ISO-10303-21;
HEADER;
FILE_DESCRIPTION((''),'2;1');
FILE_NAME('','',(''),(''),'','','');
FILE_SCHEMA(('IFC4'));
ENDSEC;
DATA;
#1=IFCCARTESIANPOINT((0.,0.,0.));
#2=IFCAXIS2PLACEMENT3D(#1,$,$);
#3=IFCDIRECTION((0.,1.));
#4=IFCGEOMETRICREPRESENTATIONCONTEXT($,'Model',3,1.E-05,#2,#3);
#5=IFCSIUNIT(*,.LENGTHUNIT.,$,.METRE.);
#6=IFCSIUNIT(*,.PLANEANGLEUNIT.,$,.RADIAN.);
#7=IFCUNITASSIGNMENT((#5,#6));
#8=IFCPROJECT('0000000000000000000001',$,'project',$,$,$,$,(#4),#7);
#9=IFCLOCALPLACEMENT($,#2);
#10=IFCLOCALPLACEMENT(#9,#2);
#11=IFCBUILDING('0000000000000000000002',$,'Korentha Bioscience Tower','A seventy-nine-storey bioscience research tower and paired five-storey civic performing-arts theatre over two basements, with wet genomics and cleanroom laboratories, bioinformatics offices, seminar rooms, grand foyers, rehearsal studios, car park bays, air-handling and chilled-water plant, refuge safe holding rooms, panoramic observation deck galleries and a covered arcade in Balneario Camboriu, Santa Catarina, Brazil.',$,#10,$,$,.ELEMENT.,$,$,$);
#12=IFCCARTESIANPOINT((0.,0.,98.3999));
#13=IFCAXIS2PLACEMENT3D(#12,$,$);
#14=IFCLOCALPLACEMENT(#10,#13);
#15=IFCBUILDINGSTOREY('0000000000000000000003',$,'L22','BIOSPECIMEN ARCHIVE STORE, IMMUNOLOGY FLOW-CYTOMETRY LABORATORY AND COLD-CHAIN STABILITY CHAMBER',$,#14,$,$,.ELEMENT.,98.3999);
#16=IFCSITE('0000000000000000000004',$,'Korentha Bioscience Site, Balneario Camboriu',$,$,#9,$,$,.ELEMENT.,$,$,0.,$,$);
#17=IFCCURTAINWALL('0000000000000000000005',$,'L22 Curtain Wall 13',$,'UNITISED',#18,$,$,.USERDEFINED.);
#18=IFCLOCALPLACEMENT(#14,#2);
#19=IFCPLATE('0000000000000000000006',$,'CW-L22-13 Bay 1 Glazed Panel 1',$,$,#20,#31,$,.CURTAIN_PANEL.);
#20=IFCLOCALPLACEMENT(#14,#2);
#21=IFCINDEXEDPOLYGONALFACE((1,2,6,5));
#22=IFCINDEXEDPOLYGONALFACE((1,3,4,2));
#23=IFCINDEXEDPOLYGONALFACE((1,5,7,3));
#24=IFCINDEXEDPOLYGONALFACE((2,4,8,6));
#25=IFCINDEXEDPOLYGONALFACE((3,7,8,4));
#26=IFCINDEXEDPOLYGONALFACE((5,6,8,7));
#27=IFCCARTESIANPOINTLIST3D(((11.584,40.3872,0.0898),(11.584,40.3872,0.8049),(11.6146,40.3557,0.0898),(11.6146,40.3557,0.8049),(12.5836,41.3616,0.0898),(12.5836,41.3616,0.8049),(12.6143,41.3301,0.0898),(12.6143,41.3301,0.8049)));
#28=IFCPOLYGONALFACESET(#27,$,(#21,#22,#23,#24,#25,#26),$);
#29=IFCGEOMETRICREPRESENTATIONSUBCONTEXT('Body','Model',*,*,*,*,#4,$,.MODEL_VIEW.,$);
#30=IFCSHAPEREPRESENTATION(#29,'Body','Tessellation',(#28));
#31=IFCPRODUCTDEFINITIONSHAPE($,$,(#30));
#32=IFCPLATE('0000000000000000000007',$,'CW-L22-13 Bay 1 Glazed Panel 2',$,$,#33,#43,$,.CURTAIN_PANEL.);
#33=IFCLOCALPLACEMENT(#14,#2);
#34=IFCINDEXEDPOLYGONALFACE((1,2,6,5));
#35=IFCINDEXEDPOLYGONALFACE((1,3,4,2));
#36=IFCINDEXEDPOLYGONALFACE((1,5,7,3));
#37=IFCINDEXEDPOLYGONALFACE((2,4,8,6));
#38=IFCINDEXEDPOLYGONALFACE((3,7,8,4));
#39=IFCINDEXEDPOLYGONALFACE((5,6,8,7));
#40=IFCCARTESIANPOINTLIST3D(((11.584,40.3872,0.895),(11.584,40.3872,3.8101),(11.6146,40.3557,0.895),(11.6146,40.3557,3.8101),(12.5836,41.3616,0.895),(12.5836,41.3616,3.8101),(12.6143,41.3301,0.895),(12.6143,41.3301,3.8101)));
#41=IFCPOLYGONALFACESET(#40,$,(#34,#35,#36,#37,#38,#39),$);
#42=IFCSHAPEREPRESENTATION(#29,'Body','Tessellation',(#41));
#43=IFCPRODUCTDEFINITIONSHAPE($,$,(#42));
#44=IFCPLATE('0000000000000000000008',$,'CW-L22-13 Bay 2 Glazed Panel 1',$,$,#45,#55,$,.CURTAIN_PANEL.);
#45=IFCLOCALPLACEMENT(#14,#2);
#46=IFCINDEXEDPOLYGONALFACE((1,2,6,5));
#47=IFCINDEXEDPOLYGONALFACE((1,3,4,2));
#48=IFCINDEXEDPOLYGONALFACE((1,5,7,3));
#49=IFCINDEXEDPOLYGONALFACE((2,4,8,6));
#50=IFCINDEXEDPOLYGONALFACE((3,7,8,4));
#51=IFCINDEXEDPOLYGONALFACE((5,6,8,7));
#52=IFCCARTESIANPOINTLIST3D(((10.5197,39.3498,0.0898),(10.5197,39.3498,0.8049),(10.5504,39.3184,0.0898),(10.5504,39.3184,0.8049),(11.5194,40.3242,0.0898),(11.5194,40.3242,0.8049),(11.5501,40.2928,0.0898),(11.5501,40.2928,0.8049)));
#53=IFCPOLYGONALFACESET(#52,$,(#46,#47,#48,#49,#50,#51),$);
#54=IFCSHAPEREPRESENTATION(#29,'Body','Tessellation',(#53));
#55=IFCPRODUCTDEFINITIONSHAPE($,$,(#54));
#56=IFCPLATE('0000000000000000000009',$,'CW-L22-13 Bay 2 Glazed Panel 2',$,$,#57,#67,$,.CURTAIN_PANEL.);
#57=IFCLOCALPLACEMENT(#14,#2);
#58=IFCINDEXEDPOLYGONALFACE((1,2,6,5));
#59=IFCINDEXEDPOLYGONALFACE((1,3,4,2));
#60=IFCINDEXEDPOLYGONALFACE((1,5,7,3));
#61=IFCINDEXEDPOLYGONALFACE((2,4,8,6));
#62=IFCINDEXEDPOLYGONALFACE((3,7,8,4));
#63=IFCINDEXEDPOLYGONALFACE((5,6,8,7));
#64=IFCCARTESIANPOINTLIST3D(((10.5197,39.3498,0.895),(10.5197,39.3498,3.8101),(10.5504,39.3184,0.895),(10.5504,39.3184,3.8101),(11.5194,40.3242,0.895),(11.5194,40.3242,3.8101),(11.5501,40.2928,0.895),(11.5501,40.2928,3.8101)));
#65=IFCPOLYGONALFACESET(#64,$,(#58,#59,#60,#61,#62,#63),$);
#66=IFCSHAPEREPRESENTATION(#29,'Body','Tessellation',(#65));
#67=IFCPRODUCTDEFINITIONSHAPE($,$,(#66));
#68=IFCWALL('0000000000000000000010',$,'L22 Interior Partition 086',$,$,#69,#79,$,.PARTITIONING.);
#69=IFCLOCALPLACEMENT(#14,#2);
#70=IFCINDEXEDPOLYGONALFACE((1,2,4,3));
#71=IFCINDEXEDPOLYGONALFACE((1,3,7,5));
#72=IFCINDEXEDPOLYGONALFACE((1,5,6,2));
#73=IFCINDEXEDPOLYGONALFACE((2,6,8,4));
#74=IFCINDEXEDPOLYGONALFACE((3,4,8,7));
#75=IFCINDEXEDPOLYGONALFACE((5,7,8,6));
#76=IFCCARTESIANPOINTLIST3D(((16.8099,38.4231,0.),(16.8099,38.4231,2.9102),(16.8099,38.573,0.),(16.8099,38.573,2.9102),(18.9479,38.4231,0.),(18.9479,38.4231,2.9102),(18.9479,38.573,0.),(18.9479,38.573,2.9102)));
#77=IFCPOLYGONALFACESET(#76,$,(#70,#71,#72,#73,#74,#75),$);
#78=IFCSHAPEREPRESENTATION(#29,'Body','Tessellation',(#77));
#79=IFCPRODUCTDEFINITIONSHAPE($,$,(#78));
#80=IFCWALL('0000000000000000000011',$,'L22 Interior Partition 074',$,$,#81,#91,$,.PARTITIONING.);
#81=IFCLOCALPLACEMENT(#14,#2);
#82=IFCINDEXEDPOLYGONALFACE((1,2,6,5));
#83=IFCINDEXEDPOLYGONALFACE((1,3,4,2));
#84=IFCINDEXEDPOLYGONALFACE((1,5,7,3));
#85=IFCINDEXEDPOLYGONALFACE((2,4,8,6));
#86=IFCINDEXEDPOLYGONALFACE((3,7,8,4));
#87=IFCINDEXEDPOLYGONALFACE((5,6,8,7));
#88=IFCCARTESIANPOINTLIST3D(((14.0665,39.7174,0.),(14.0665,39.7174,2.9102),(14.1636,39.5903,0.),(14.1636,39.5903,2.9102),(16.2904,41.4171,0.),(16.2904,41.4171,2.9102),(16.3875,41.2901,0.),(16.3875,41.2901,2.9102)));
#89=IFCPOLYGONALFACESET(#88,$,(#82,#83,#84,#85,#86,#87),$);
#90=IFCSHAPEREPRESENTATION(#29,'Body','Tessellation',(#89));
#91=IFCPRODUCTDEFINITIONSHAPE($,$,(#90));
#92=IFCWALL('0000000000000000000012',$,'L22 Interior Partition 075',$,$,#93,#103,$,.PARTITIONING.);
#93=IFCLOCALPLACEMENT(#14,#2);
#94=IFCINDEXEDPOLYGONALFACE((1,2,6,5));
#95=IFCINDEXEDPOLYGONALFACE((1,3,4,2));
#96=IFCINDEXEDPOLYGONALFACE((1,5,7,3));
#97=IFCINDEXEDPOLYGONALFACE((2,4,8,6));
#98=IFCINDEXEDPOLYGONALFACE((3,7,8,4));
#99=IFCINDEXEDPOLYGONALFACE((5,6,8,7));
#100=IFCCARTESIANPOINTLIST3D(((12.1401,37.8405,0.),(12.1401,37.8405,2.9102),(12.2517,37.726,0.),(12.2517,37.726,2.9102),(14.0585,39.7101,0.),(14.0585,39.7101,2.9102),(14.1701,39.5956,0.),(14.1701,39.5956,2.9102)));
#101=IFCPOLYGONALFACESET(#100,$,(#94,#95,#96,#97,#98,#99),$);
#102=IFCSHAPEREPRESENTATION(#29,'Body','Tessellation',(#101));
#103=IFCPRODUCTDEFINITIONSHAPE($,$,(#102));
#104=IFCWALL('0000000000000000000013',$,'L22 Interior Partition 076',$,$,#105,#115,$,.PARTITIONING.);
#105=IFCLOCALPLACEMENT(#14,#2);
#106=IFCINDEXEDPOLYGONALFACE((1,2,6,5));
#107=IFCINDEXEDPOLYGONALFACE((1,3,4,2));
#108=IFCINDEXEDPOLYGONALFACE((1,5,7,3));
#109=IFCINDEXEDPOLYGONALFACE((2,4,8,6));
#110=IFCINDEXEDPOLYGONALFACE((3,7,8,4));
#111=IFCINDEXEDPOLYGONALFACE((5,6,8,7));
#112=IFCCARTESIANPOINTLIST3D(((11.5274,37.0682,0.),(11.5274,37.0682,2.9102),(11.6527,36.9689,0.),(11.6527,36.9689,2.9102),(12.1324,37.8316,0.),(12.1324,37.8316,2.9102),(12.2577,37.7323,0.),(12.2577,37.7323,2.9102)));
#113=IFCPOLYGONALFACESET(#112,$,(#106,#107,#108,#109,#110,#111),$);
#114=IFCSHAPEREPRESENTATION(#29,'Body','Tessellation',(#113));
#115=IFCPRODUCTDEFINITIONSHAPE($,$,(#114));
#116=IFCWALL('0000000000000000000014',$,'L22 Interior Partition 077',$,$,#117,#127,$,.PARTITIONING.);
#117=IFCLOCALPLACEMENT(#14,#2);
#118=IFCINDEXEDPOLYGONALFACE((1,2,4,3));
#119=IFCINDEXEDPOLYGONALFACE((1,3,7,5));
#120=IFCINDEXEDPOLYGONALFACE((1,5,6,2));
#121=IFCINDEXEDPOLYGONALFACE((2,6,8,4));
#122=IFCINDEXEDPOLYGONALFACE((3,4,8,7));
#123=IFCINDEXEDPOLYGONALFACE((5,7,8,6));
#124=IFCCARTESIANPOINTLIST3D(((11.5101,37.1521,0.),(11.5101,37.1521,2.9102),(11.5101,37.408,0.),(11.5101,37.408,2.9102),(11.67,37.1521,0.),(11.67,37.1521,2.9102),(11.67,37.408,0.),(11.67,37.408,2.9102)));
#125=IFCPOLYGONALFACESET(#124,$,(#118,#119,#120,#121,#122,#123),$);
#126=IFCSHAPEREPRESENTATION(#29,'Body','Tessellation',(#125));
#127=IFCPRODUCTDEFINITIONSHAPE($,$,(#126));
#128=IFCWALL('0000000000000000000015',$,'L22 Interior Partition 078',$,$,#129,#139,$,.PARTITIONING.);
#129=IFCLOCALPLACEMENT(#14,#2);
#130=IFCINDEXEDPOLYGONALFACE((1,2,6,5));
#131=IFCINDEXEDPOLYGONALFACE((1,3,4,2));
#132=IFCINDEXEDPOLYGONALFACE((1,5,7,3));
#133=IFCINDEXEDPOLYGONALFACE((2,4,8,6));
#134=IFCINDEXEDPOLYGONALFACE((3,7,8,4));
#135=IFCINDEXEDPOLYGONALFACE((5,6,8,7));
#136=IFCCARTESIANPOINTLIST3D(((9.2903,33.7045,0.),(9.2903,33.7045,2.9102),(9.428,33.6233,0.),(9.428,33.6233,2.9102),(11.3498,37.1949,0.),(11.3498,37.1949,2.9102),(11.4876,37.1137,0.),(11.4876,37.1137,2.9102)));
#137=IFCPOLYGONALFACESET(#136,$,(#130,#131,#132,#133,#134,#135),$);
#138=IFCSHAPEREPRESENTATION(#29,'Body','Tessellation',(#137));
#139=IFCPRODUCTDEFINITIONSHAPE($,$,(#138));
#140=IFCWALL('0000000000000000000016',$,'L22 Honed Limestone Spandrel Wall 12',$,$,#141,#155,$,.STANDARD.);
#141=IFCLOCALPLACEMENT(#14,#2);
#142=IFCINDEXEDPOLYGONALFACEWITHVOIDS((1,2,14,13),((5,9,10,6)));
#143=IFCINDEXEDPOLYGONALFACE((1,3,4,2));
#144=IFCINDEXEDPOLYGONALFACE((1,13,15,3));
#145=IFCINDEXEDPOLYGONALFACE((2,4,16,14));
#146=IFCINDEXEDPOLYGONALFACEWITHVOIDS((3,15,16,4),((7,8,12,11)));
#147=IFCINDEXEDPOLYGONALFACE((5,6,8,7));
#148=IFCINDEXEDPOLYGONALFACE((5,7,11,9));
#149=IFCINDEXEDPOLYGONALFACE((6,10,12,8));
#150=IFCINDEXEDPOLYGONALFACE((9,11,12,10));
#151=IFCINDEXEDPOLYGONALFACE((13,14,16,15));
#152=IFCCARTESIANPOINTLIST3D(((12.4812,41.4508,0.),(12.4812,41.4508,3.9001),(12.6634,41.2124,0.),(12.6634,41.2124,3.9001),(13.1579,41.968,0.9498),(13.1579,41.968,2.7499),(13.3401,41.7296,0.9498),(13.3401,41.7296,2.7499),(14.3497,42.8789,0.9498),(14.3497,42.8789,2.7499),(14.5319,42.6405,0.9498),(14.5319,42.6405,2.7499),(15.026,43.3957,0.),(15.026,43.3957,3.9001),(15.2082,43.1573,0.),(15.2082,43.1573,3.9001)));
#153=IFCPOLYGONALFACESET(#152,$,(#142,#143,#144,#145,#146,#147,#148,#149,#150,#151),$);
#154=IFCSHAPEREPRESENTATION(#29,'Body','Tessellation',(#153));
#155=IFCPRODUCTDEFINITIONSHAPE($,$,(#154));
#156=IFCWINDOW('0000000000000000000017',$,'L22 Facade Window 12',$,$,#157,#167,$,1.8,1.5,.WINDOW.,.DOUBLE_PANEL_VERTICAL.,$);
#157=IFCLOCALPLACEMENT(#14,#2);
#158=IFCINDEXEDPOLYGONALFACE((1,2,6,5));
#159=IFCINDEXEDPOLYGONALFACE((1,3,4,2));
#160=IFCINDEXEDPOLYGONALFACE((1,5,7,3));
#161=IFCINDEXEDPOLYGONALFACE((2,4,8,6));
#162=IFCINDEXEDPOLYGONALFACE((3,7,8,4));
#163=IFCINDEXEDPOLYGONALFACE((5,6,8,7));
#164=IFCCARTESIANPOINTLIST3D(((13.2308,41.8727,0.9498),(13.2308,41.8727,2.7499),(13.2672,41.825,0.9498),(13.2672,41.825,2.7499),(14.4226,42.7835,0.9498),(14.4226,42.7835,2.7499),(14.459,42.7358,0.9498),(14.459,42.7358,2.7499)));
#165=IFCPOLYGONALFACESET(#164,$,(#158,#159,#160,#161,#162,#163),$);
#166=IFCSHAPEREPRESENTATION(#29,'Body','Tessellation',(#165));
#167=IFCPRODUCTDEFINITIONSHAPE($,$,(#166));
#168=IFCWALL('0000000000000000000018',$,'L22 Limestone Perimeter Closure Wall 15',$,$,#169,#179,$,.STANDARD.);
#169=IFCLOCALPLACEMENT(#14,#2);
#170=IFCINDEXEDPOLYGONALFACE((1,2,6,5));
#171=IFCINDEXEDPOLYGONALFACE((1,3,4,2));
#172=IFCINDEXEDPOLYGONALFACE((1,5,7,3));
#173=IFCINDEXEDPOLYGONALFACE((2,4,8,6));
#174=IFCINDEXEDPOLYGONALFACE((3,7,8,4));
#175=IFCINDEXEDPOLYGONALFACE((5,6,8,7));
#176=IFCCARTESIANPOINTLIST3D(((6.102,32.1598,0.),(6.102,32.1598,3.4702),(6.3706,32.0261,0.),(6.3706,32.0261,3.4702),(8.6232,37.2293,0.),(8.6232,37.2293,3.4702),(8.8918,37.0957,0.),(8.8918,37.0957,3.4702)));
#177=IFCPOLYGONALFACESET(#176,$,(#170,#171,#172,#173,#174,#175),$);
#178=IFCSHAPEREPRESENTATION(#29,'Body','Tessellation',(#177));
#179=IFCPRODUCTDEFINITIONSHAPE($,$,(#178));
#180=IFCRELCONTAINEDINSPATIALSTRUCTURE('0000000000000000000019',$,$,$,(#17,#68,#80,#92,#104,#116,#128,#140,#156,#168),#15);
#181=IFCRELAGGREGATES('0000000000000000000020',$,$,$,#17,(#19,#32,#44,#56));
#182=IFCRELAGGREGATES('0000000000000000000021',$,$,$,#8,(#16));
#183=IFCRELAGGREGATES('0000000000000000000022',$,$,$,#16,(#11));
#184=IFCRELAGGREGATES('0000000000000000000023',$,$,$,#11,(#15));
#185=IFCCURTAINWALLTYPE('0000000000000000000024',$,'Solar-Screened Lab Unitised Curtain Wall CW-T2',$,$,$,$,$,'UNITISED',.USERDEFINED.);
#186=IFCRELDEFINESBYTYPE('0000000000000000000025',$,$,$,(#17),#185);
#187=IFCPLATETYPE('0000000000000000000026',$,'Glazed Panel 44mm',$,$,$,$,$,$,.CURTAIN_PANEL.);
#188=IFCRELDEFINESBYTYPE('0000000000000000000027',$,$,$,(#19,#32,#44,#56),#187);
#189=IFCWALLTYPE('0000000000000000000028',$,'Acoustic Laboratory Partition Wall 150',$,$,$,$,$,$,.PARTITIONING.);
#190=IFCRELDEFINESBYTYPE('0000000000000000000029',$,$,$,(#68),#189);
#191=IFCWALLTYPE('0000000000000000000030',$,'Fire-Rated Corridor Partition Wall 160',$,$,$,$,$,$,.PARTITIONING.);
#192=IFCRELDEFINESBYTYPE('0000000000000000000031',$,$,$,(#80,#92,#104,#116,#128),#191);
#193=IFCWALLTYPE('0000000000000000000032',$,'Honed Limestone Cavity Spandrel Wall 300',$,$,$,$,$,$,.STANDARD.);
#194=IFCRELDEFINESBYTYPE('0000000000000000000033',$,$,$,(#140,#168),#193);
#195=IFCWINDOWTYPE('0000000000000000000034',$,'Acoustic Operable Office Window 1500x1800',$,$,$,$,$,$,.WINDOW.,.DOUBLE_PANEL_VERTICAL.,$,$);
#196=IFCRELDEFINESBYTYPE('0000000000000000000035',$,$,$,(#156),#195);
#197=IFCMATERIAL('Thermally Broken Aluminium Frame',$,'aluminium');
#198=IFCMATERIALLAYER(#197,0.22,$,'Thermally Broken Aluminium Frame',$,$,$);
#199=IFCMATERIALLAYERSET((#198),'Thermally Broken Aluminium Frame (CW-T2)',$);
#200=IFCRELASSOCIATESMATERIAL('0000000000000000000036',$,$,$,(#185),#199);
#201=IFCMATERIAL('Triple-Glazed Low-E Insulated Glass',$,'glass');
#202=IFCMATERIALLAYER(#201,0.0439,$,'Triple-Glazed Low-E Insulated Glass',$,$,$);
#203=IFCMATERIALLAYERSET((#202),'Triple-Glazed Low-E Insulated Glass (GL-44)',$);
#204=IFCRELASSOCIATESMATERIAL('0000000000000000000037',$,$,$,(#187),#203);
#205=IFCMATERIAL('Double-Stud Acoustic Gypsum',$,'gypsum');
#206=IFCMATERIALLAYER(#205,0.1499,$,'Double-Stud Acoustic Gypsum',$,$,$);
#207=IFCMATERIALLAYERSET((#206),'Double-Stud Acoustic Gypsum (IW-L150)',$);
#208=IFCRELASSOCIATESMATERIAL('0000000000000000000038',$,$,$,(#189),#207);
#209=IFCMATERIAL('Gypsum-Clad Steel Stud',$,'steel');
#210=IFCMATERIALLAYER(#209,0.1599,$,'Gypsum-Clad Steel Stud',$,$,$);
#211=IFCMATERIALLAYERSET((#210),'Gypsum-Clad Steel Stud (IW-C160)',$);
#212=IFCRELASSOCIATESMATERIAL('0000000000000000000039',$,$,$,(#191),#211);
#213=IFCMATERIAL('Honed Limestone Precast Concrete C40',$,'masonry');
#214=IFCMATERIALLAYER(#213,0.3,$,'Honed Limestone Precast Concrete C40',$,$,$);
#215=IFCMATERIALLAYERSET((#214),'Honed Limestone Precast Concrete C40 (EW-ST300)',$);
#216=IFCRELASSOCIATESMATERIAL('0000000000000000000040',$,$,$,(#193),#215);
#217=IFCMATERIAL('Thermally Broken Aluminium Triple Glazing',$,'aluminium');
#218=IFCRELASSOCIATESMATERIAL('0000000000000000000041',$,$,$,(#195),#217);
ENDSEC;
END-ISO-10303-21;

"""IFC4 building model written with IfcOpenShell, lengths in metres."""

from ifc_helpers import new_model, si_unit, direction, frame, frame_2d, origin, origin_2d, place, context, subcontext, project, spatial, rectangle, extrude, material, layer, layer_set, type_object, element, fill, aggregate, save


model = new_model("IFC4")

# Units and contexts
model_context = context("Model", 3, precision=1e-05, world=origin(), true_north=direction((0.0, 1.0)))
body_context = subcontext(model_context, "Body", "Model", "MODEL_VIEW")
ifc_project = project(units=[si_unit("LENGTHUNIT", "METRE"), si_unit("PLANEANGLEUNIT", "RADIAN")], contexts=[model_context])

# Site, building, storey
site_placement = place(None, origin())
site = spatial("IfcSite", under=ifc_project, at=site_placement, Name="Korentha Bioscience Site, Balneario Camboriu", CompositionType="ELEMENT", RefElevation=0.0)
building_placement = place(site_placement, origin())
building = spatial("IfcBuilding", under=site, at=building_placement, Name="Korentha Bioscience Tower", Description="A seventy-nine-storey bioscience research tower and paired five-storey civic performing-arts theatre over two basements, with wet genomics and cleanroom laboratories, bioinformatics offices, seminar rooms, grand foyers, rehearsal studios, car park bays, air-handling and chilled-water plant, refuge safe holding rooms, panoramic observation deck galleries and a covered arcade in Balneario Camboriu, Santa Catarina, Brazil.", CompositionType="ELEMENT")
storey_placement = place(building_placement, frame((0.0, 0.0, 98.3999)))
storey = spatial("IfcBuildingStorey", under=building, at=storey_placement, Name="L22", Description="BIOSPECIMEN ARCHIVE STORE, IMMUNOLOGY FLOW-CYTOMETRY LABORATORY AND COLD-CHAIN STABILITY CHAMBER", CompositionType="ELEMENT", Elevation=98.3999)

# Curtain wall
ifc_material_1 = material(Name="Thermally Broken Aluminium Frame", Category="aluminium")
ifc_layer_1 = layer(ifc_material_1, 0.22, Name="Thermally Broken Aluminium Frame")
ifc_layer_set_1 = layer_set([ifc_layer_1], Name="Thermally Broken Aluminium Frame (CW-T2)")
curtain_wall_type = type_object("IfcCurtainWallType", Name="Solar-Screened Lab Unitised Curtain Wall CW-T2", ElementType="UNITISED", PredefinedType="USERDEFINED", material=ifc_layer_set_1)
curtain_wall_placement = place(storey_placement, origin())
curtain_wall = element("IfcCurtainWall", 1, at=curtain_wall_placement, inside=storey, type_object=curtain_wall_type, Name="L22 Curtain Wall 13", ObjectType="UNITISED", PredefinedType="USERDEFINED")

# Plates
ifc_material_2 = material(Name="Triple-Glazed Low-E Insulated Glass", Category="glass")
ifc_layer_2 = layer(ifc_material_2, 0.0439, Name="Triple-Glazed Low-E Insulated Glass")
ifc_layer_set_2 = layer_set([ifc_layer_2], Name="Triple-Glazed Low-E Insulated Glass (GL-44)")
plate_type = type_object("IfcPlateType", Name="Glazed Panel 44mm", PredefinedType="CURTAIN_PANEL", material=ifc_layer_set_2)
plate_1_placement = place(storey_placement, frame((12.0991, 40.8586, 0.0898), z_axis=(0.0, 0.0, 1.0), x_axis=(-0.716096, -0.698002, 0.0)))
plate_1 = element("IfcPlate", 2, at=plate_1_placement, type_object=plate_type, Name="CW-L22-13 Bay 1 Glazed Panel 1", PredefinedType="CURTAIN_PANEL", context=body_context, shape_type="SweptSolid", body=[
    extrude(rectangle(XDim=1.396, YDim=0.0439, at=origin_2d()), origin(), (0.0, 0.0, 1.0), 0.7151),
])
plate_2_placement = place(storey_placement, frame((12.0991, 40.8586, 0.895), z_axis=(0.0, 0.0, 1.0), x_axis=(-0.716096, -0.698002, 0.0)))
plate_2 = element("IfcPlate", 3, at=plate_2_placement, type_object=plate_type, Name="CW-L22-13 Bay 1 Glazed Panel 2", PredefinedType="CURTAIN_PANEL", context=body_context, shape_type="SweptSolid", body=[
    extrude(rectangle(XDim=1.396, YDim=0.0439, at=origin_2d()), origin(), (0.0, 0.0, 1.0), 2.915),
])
plate_3_placement = place(storey_placement, frame((11.0349, 39.8213, 0.0898), z_axis=(0.0, 0.0, 1.0), x_axis=(-0.716096, -0.698002, 0.0)))
plate_3 = element("IfcPlate", 4, at=plate_3_placement, type_object=plate_type, Name="CW-L22-13 Bay 2 Glazed Panel 1", PredefinedType="CURTAIN_PANEL", context=body_context, shape_type="SweptSolid", body=[
    extrude(rectangle(XDim=1.396, YDim=0.0439, at=origin_2d()), origin(), (0.0, 0.0, 1.0), 0.7151),
])
plate_4_placement = place(storey_placement, frame((11.0349, 39.8213, 0.895), z_axis=(0.0, 0.0, 1.0), x_axis=(-0.716096, -0.698002, 0.0)))
plate_4 = element("IfcPlate", 5, at=plate_4_placement, type_object=plate_type, Name="CW-L22-13 Bay 2 Glazed Panel 2", PredefinedType="CURTAIN_PANEL", context=body_context, shape_type="SweptSolid", body=[
    extrude(rectangle(XDim=1.396, YDim=0.0439, at=origin_2d()), origin(), (0.0, 0.0, 1.0), 2.915),
])
aggregate(curtain_wall, [plate_1, plate_2, plate_3, plate_4])

# Walls
ifc_material_3 = material(Name="Double-Stud Acoustic Gypsum", Category="gypsum")
ifc_layer_3 = layer(ifc_material_3, 0.1499, Name="Double-Stud Acoustic Gypsum")
ifc_layer_set_3 = layer_set([ifc_layer_3], Name="Double-Stud Acoustic Gypsum (IW-L150)")
wall_type_1 = type_object("IfcWallType", Name="Acoustic Laboratory Partition Wall 150", PredefinedType="PARTITIONING", material=ifc_layer_set_3)
wall_1_placement = place(storey_placement, frame((16.8101, 38.498, 0.0), z_axis=(0.0, 0.0, 1.0), x_axis=(1.0, 0.0, 0.0)))
element("IfcWall", 6, at=wall_1_placement, inside=storey, type_object=wall_type_1, Name="L22 Interior Partition 086", PredefinedType="PARTITIONING", context=body_context, shape_type="SweptSolid", body=[
    extrude(rectangle(XDim=2.1379, YDim=0.1499, at=frame_2d((1.0688, 0.0))), origin(), (0.0, 0.0, 1.0), 2.9102),
])
ifc_material_4 = material(Name="Gypsum-Clad Steel Stud", Category="steel")
ifc_layer_4 = layer(ifc_material_4, 0.1599, Name="Gypsum-Clad Steel Stud")
ifc_layer_set_4 = layer_set([ifc_layer_4], Name="Gypsum-Clad Steel Stud (IW-C160)")
wall_type_2 = type_object("IfcWallType", Name="Fire-Rated Corridor Partition Wall 160", PredefinedType="PARTITIONING", material=ifc_layer_set_4)
wall_2_placement = place(storey_placement, frame((16.3389, 41.3535, 0.0), z_axis=(0.0, 0.0, 1.0), x_axis=(-0.794514, -0.607246, 0.0)))
element("IfcWall", 7, at=wall_2_placement, inside=storey, type_object=wall_type_2, Name="L22 Interior Partition 074", PredefinedType="PARTITIONING", context=body_context, shape_type="SweptSolid", body=[
    extrude(rectangle(XDim=2.7991, YDim=0.1599, at=frame_2d((1.3994, 0.0))), origin(), (0.0, 0.0, 1.0), 2.9102),
])
wall_3_placement = place(storey_placement, frame((14.1143, 39.6528, 0.0), z_axis=(0.0, 0.0, 1.0), x_axis=(-0.716162, -0.697934, 0.0)))
element("IfcWall", 8, at=wall_3_placement, inside=storey, type_object=wall_type_2, Name="L22 Interior Partition 075", PredefinedType="PARTITIONING", context=body_context, shape_type="SweptSolid", body=[
    extrude(rectangle(XDim=2.6787, YDim=0.1599, at=frame_2d((1.3394, 0.0))), origin(), (0.0, 0.0, 1.0), 2.9102),
])
wall_4_placement = place(storey_placement, frame((12.1951, 37.782, 0.0), z_axis=(0.0, 0.0, 1.0), x_axis=(-0.621082, -0.783746, 0.0)))
element("IfcWall", 9, at=wall_4_placement, inside=storey, type_object=wall_type_2, Name="L22 Interior Partition 076", PredefinedType="PARTITIONING", context=body_context, shape_type="SweptSolid", body=[
    extrude(rectangle(XDim=0.9741, YDim=0.1599, at=frame_2d((0.4871, 0.0))), origin(), (0.0, 0.0, 1.0), 2.9102),
])
wall_5_placement = place(storey_placement, frame((11.5901, 37.1521, 0.0), z_axis=(0.0, 0.0, 1.0), x_axis=(0.0, 1.0, 0.0)))
element("IfcWall", 10, at=wall_5_placement, inside=storey, type_object=wall_type_2, Name="L22 Interior Partition 077", PredefinedType="PARTITIONING", context=body_context, shape_type="SweptSolid", body=[
    extrude(rectangle(XDim=0.2559, YDim=0.1599, at=frame_2d((0.1279, 0.0))), origin(), (0.0, 0.0, 1.0), 2.9102),
])
wall_6_placement = place(storey_placement, frame((11.4187, 37.1543, 0.0), z_axis=(0.0, 0.0, 1.0), x_axis=(-0.508183, -0.861249, 0.0)))
element("IfcWall", 11, at=wall_6_placement, inside=storey, type_object=wall_type_2, Name="L22 Interior Partition 078", PredefinedType="PARTITIONING", context=body_context, shape_type="SweptSolid", body=[
    extrude(rectangle(XDim=4.0527, YDim=0.1599, at=frame_2d((2.0264, 0.0))), origin(), (0.0, 0.0, 1.0), 2.9102),
])

# Wall, opening, window
ifc_material_5 = material(Name="Honed Limestone Precast Concrete C40", Category="masonry")
ifc_layer_5 = layer(ifc_material_5, 0.3, Name="Honed Limestone Precast Concrete C40")
ifc_layer_set_5 = layer_set([ifc_layer_5], Name="Honed Limestone Precast Concrete C40 (EW-ST300)")
wall_type_3 = type_object("IfcWallType", Name="Honed Limestone Cavity Spandrel Wall 300", PredefinedType="STANDARD", material=ifc_layer_set_5)
wall_7_placement = place(storey_placement, frame((15.1172, 43.2766, 0.0), z_axis=(0.0, 0.0, 1.0), x_axis=(-0.794524, -0.607232, 0.0)))
wall_7 = element("IfcWall", 12, at=wall_7_placement, inside=storey, type_object=wall_type_3, Name="L22 Honed Limestone Spandrel Wall 12", PredefinedType="STANDARD", context=body_context, shape_type="SweptSolid", body=[
    extrude(rectangle(XDim=3.2029, YDim=0.3, at=frame_2d((1.6016, 0.0))), origin(), (0.0, 0.0, 1.0), 3.9001),
])
opening_1_placement = place(wall_7_placement, frame((0.8513, 0.0, 0.95)))
opening_1 = element("IfcOpeningElement", 13, at=opening_1_placement, cuts=wall_7, PredefinedType="OPENING", context=body_context, shape_type="SweptSolid", body=[
    extrude(rectangle(XDim=1.5, YDim=1.8, at=frame_2d((0.75, 0.8999))), frame((0.0, 0.165, 0.0), z_axis=(0.0, -1.0, 0.0), x_axis=(1.0, 0.0, 0.0)), (0.0, 0.0, 1.0), 0.3298),
])
ifc_material_6 = material(Name="Thermally Broken Aluminium Triple Glazing", Category="aluminium")
window_type = type_object("IfcWindowType", Name="Acoustic Operable Office Window 1500x1800", PartitioningType="DOUBLE_PANEL_VERTICAL", PredefinedType="WINDOW", material=ifc_material_6)
window_placement = place(opening_1_placement, origin())
window = element("IfcWindow", 14, at=window_placement, inside=storey, type_object=window_type, Name="L22 Facade Window 12", OverallHeight=1.8, OverallWidth=1.5, PartitioningType="DOUBLE_PANEL_VERTICAL", PredefinedType="WINDOW", context=body_context, shape_type="SweptSolid", body=[
    extrude(rectangle(XDim=1.5, YDim=1.8, at=frame_2d((0.75, 0.8999))), frame((0.0, 0.03, 0.0), z_axis=(0.0, -1.0, 0.0), x_axis=(1.0, 0.0, 0.0)), (0.0, 0.0, 1.0), 0.0601),
])
fill(opening_1, window)

# Wall
wall_8_placement = place(storey_placement, frame((8.7576, 37.1626, 0.0), z_axis=(0.0, 0.0, 1.0), x_axis=(-0.445298, -0.895382, 0.0)))
element("IfcWall", 15, at=wall_8_placement, inside=storey, type_object=wall_type_3, Name="L22 Limestone Perimeter Closure Wall 15", PredefinedType="STANDARD", context=body_context, shape_type="SweptSolid", body=[
    extrude(rectangle(XDim=5.6619, YDim=0.3, at=frame_2d((2.8311, 0.0))), origin(), (0.0, 0.0, 1.0), 3.4702),
])

save(model, "model.ifc")
